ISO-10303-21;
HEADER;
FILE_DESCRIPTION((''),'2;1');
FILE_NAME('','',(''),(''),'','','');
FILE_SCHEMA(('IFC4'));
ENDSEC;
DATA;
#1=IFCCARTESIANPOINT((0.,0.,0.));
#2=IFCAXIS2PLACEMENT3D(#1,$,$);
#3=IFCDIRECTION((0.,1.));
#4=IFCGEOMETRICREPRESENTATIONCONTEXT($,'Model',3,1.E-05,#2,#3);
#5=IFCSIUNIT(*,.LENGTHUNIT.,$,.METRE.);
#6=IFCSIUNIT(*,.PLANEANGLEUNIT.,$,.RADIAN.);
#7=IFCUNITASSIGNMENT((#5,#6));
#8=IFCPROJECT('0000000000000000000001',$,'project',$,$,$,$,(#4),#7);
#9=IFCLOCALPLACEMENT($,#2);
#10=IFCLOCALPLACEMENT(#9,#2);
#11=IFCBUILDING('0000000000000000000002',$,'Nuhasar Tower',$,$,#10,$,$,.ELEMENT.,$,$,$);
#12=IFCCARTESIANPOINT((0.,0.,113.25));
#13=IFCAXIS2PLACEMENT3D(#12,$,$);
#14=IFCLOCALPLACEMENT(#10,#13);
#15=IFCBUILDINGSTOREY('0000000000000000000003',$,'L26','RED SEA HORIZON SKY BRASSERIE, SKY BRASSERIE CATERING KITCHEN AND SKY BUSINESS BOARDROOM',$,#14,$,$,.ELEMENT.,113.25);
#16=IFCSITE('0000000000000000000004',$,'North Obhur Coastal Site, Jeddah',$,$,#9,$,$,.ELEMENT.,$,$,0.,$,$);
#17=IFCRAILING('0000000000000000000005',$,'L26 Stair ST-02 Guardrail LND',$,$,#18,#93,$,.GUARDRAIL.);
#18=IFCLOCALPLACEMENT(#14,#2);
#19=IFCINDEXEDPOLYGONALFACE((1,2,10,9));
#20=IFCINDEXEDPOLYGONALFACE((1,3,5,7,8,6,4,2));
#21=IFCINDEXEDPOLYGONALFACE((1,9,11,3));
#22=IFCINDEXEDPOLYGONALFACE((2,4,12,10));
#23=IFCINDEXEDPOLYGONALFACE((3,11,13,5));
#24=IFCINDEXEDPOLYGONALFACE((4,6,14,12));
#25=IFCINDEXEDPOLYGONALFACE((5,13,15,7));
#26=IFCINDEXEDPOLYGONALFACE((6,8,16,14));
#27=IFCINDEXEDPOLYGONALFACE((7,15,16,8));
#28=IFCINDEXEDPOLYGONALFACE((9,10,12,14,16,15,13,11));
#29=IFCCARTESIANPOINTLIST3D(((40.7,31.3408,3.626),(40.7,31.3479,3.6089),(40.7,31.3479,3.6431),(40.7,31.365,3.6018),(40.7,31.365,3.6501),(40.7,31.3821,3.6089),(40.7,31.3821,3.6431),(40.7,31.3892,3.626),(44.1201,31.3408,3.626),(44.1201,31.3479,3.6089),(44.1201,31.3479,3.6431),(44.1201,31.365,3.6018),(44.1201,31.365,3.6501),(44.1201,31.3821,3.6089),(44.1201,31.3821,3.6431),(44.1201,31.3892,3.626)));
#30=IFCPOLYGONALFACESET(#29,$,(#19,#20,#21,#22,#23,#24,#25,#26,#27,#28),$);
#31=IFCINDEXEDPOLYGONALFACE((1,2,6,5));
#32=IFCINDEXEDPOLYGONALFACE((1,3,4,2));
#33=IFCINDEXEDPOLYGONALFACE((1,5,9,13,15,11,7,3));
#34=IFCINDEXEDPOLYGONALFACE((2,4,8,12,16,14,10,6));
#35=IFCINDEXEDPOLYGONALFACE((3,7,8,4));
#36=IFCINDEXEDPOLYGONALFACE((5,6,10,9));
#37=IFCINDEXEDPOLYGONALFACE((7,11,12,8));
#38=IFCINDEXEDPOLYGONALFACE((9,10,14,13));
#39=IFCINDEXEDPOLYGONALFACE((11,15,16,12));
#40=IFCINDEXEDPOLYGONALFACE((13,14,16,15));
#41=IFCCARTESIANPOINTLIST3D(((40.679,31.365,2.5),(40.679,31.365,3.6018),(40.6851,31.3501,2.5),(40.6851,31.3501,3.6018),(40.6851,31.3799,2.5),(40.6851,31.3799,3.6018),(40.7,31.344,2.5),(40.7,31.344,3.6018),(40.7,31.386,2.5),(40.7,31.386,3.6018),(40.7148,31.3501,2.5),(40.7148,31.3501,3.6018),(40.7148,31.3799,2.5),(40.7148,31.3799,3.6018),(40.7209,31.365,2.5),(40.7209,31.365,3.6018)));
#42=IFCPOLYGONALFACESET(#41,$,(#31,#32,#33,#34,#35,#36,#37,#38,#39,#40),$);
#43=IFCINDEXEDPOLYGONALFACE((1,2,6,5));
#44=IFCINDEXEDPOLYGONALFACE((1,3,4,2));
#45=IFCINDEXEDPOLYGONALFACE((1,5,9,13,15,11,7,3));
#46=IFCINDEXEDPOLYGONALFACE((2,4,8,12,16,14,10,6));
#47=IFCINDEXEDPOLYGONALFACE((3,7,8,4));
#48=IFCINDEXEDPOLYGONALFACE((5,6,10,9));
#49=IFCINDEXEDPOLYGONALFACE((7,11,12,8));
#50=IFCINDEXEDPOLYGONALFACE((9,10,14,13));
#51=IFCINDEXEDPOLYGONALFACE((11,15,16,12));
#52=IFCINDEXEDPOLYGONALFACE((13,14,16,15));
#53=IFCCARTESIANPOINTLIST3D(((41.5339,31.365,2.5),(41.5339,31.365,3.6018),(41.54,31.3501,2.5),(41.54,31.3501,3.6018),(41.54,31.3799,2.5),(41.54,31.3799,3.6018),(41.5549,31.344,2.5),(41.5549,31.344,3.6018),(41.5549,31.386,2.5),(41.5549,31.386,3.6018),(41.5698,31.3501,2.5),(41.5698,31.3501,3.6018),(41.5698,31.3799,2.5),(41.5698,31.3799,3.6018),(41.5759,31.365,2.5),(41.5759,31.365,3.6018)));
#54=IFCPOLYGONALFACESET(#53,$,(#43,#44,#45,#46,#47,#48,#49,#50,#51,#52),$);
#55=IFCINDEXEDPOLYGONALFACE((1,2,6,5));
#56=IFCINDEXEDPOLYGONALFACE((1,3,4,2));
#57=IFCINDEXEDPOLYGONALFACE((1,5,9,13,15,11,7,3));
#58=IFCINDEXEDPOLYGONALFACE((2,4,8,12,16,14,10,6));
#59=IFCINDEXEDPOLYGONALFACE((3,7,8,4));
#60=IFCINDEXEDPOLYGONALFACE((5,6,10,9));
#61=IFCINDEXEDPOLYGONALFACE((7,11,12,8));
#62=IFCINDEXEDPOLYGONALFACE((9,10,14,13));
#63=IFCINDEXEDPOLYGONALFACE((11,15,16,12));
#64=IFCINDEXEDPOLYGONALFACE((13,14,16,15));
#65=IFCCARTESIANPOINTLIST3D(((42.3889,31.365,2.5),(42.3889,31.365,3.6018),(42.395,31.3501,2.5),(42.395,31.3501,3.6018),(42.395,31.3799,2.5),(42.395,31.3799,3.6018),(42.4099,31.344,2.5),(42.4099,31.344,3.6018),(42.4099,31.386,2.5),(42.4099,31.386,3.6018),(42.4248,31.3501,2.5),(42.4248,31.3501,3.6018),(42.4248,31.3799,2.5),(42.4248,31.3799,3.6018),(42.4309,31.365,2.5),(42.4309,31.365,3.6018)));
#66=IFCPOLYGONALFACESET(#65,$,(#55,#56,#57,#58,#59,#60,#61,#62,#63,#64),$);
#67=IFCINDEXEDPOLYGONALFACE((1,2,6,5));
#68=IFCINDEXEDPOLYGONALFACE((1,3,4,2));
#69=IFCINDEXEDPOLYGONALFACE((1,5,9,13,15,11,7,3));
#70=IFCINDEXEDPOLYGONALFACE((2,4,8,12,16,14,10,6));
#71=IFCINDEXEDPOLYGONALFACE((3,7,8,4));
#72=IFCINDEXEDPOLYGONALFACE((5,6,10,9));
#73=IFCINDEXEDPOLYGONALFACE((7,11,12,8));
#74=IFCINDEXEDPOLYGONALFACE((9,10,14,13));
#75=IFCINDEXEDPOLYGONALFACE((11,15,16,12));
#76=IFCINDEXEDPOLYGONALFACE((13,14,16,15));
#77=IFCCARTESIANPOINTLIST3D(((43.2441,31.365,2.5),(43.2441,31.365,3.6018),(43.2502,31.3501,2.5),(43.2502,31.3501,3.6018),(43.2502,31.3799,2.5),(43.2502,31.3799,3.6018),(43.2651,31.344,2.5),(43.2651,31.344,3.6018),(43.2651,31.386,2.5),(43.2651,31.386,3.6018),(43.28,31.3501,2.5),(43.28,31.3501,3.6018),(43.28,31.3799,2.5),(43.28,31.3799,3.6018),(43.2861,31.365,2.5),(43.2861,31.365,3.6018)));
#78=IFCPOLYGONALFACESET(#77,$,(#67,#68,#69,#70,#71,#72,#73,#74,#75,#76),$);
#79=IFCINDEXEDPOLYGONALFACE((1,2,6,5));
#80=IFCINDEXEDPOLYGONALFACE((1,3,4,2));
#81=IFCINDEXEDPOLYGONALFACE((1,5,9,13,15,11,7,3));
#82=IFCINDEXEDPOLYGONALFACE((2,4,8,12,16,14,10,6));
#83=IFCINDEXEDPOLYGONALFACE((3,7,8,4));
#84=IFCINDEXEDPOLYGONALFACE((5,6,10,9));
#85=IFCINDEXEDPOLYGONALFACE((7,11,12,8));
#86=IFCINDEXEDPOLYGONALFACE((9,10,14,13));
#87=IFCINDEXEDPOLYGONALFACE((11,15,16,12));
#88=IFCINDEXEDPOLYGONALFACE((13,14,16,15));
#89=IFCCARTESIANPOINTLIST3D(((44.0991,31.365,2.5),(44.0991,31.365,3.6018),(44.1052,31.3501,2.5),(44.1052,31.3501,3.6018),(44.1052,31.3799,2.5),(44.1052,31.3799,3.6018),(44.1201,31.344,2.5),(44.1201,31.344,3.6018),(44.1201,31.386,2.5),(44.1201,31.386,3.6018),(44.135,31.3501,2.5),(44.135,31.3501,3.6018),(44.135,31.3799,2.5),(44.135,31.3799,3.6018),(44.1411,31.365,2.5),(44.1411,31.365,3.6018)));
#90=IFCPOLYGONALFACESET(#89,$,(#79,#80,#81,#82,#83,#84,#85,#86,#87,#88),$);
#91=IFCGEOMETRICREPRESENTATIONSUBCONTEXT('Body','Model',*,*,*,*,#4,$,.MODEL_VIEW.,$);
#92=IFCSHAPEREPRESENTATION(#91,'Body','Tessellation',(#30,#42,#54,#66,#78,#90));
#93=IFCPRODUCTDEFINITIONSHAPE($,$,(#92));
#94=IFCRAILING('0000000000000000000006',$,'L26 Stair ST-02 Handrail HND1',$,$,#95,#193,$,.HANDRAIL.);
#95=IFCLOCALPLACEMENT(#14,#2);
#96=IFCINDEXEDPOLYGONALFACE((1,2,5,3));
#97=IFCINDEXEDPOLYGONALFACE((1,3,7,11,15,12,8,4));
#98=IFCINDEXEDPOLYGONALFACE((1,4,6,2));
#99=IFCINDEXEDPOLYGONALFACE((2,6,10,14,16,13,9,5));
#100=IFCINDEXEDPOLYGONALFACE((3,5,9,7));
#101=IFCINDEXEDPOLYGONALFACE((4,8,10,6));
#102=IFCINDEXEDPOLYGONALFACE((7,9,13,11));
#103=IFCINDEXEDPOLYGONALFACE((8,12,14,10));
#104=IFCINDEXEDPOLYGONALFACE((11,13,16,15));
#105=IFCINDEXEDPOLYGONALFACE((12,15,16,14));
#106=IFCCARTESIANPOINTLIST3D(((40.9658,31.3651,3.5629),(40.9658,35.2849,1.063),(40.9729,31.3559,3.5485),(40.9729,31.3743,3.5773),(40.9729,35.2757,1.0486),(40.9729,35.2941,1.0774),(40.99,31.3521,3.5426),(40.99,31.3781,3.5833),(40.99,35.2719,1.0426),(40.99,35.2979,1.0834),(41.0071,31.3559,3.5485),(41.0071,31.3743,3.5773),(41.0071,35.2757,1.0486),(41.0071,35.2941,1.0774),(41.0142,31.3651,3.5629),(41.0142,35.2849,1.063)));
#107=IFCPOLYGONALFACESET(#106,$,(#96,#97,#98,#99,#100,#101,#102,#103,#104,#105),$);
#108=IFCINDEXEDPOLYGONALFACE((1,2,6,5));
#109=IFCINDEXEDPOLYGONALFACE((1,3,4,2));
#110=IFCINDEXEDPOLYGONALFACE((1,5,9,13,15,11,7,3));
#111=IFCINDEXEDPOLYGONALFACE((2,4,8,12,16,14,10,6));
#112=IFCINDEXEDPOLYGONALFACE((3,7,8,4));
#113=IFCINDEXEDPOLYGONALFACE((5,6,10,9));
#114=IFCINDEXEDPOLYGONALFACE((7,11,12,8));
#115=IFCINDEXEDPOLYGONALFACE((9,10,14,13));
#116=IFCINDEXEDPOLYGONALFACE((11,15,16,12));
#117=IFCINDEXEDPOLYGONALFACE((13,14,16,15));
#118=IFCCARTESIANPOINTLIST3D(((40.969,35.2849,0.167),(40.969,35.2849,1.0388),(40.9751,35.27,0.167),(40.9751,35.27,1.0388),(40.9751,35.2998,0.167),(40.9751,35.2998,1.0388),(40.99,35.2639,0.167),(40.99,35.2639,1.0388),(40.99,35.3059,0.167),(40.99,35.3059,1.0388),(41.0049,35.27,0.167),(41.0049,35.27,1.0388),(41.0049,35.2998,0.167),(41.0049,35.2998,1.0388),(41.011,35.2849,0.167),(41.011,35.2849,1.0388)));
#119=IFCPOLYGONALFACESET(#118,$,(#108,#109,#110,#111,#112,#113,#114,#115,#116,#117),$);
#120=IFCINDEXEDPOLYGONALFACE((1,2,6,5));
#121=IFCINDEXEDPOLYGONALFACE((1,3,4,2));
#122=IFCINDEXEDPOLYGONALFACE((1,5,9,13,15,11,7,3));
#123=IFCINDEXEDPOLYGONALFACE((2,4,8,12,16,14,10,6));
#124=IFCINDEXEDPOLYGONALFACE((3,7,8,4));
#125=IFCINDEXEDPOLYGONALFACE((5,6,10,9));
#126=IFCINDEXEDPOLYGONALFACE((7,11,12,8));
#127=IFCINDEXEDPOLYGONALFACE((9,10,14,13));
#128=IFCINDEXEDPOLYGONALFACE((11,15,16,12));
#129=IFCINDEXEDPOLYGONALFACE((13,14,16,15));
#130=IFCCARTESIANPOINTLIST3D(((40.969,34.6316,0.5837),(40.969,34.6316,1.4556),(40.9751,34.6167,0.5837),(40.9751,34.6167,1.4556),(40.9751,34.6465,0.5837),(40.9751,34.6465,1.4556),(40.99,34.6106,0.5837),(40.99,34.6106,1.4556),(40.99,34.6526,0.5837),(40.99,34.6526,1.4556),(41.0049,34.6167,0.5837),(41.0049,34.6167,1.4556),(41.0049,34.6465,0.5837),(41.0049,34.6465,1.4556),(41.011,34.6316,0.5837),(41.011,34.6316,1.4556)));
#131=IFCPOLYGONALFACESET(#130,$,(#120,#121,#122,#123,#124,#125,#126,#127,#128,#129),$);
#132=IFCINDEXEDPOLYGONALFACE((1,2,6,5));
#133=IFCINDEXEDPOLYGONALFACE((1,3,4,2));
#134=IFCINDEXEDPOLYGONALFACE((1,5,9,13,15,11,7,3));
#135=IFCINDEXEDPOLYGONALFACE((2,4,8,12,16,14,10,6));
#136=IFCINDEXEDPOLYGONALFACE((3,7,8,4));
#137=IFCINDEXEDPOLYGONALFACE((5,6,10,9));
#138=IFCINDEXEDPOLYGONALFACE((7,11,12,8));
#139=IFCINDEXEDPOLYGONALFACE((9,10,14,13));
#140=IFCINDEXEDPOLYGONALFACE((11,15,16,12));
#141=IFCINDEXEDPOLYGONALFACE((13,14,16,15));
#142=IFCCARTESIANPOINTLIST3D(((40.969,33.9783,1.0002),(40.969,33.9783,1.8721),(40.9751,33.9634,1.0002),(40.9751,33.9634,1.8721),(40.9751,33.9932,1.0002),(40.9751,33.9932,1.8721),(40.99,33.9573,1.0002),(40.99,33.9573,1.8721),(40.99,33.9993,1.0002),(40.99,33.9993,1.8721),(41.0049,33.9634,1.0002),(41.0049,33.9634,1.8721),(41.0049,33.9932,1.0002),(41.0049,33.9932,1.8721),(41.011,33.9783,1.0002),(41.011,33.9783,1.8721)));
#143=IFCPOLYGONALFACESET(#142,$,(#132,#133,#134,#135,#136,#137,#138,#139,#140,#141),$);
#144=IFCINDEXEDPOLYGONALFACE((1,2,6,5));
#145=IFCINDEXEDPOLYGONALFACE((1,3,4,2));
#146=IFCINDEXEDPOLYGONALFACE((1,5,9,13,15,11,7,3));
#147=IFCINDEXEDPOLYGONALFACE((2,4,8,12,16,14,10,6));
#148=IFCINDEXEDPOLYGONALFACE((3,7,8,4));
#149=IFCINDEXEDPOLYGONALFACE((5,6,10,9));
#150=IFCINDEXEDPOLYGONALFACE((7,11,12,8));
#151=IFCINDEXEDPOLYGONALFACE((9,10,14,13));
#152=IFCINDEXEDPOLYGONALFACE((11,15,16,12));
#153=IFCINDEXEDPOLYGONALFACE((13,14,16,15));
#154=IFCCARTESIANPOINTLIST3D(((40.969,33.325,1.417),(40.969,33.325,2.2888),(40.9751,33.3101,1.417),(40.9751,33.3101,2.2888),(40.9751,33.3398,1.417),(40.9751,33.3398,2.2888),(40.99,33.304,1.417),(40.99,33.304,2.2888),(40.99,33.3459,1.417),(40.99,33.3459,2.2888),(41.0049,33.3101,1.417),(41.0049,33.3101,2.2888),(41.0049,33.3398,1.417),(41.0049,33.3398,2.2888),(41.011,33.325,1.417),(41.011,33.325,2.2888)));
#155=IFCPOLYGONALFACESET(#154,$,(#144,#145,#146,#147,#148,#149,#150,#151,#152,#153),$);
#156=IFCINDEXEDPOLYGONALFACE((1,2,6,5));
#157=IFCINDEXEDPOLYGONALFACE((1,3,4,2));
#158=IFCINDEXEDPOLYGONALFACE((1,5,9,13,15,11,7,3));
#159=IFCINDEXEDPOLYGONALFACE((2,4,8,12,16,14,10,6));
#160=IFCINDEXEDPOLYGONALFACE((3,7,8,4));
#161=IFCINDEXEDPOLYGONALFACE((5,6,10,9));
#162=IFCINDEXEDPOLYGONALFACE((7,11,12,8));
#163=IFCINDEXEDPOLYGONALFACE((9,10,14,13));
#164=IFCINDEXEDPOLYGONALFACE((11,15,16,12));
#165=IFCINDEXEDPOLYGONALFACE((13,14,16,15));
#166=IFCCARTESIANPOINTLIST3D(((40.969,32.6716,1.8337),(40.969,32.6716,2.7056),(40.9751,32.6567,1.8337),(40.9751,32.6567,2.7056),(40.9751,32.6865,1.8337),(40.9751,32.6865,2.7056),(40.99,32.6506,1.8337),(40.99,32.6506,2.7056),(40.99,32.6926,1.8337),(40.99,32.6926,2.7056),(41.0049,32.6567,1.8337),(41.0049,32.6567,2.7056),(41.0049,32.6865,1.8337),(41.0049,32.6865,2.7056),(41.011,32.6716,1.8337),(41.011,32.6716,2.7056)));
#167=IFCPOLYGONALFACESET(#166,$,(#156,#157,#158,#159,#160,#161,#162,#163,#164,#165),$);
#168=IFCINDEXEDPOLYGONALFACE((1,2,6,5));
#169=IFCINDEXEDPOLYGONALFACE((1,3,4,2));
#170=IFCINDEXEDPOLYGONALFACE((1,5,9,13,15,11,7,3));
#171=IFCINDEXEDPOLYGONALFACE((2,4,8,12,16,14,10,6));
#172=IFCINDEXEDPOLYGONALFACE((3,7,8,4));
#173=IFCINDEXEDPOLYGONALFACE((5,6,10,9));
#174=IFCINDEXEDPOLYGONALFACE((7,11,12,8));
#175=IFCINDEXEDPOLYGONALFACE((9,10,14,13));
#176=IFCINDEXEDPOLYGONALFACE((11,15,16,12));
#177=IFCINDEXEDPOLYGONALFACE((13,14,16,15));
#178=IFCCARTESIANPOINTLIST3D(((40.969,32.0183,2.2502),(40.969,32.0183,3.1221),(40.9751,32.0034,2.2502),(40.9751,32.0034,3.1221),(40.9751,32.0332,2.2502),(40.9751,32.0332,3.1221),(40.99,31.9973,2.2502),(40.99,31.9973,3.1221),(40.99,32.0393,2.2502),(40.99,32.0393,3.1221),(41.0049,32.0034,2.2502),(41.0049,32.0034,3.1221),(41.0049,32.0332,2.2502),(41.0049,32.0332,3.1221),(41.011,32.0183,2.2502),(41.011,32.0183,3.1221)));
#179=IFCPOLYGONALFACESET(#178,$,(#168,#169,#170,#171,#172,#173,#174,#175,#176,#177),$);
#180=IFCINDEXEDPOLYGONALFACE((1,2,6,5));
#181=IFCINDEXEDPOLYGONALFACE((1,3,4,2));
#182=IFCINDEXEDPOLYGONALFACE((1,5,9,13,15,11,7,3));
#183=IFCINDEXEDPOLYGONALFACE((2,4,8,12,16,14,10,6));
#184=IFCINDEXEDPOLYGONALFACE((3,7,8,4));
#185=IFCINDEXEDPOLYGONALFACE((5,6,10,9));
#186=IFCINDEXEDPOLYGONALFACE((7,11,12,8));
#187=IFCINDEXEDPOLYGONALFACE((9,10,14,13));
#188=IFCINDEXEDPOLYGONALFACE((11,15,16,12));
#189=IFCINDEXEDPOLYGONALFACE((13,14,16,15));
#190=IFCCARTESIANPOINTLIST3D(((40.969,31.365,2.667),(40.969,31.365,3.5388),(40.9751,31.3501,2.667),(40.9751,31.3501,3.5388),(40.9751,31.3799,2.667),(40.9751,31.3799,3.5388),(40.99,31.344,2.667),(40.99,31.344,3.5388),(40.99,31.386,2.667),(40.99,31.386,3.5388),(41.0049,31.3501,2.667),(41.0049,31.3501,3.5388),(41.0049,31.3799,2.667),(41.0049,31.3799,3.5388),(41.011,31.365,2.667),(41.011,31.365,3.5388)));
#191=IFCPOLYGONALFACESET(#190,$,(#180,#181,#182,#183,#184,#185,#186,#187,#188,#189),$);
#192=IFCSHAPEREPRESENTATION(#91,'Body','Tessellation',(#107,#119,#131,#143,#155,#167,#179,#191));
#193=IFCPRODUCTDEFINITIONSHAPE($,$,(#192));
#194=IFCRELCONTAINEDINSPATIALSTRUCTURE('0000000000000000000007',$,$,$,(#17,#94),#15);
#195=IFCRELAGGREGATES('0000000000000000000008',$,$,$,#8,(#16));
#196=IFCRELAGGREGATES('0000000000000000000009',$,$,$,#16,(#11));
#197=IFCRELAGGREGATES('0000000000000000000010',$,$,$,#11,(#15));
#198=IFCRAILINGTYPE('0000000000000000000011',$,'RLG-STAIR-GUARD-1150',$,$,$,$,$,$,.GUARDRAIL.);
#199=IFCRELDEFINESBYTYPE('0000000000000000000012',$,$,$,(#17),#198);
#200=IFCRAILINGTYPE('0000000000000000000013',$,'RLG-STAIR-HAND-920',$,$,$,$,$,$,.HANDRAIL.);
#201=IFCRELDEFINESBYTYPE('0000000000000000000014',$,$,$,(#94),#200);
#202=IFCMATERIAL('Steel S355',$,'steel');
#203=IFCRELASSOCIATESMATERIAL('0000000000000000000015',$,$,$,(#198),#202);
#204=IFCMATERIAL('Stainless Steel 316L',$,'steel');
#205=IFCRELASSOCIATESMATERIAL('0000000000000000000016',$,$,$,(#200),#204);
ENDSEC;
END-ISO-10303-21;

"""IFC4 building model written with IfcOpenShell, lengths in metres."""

from ifc_helpers import new_model, si_unit, direction, frame, origin, place, context, subcontext, project, spatial, polyline, outline, extrude, material, type_object, element, save


model = new_model("IFC4")

# Units and contexts
model_context = context("Model", 3, precision=1e-05, world=origin(), true_north=direction((0.0, 1.0)))
body_context = subcontext(model_context, "Body", "Model", "MODEL_VIEW")
ifc_project = project(units=[si_unit("LENGTHUNIT", "METRE"), si_unit("PLANEANGLEUNIT", "RADIAN")], contexts=[model_context])

# Site, building, storey
site_placement = place(None, origin())
site = spatial("IfcSite", under=ifc_project, at=site_placement, Name="North Obhur Coastal Site, Jeddah", CompositionType="ELEMENT", RefElevation=0.0)
building_placement = place(site_placement, origin())
building = spatial("IfcBuilding", under=site, at=building_placement, Name="Nuhasar Tower", CompositionType="ELEMENT")
storey_placement = place(building_placement, frame((0.0, 0.0, 113.25)))
storey = spatial("IfcBuildingStorey", under=building, at=storey_placement, Name="L26", Description="RED SEA HORIZON SKY BRASSERIE, SKY BRASSERIE CATERING KITCHEN AND SKY BUSINESS BOARDROOM", CompositionType="ELEMENT", Elevation=113.25)

# Shared definitions
ifc_material_1 = material(Name="Steel S355", Category="steel")

# Railings
railing_type_1 = type_object("IfcRailingType", Name="RLG-STAIR-GUARD-1150", PredefinedType="GUARDRAIL", material=ifc_material_1)
railing_1_placement = place(storey_placement, frame((40.7, 31.365, 2.5)))
element("IfcRailing", 1, at=railing_1_placement, inside=storey, type_object=railing_type_1, Name="L26 Stair ST-02 Guardrail LND", PredefinedType="GUARDRAIL", context=body_context, shape_type="SweptSolid", body=[
    extrude(outline(polyline([(0.0242, 0.0), (0.0171, 0.0171), (0.0, 0.0242), (-0.0171, 0.0171), (-0.0242, 0.0), (-0.0171, -0.0171), (0.0, -0.0242), (0.0171, -0.0171), (0.0242, 0.0)])), frame((0.0, 0.0, 1.126), z_axis=(1.0, 0.0, 0.0), x_axis=(0.0, 1.0, 0.0)), (0.0, 0.0, 1.0), 3.4202),
    extrude(outline(polyline([(0.021, 0.0), (0.0149, 0.0149), (0.0, 0.021), (-0.0149, 0.0149), (-0.021, 0.0), (-0.0149, -0.0149), (0.0, -0.021), (0.0149, -0.0149), (0.021, 0.0)])), origin(), (0.0, 0.0, 1.0), 1.1018),
    extrude(outline(polyline([(0.021, 0.0), (0.0149, 0.0149), (0.0, 0.021), (-0.0149, 0.0149), (-0.021, 0.0), (-0.0149, -0.0149), (0.0, -0.021), (0.0149, -0.0149), (0.021, 0.0)])), frame((0.855, 0.0, 0.0)), (0.0, 0.0, 1.0), 1.1018),
    extrude(outline(polyline([(0.021, 0.0), (0.0149, 0.0149), (0.0, 0.021), (-0.0149, 0.0149), (-0.021, 0.0), (-0.0149, -0.0149), (0.0, -0.021), (0.0149, -0.0149), (0.021, 0.0)])), frame((1.71, 0.0, 0.0)), (0.0, 0.0, 1.0), 1.1018),
    extrude(outline(polyline([(0.021, 0.0), (0.0149, 0.0149), (0.0, 0.021), (-0.0149, 0.0149), (-0.021, 0.0), (-0.0149, -0.0149), (0.0, -0.021), (0.0149, -0.0149), (0.021, 0.0)])), frame((2.5652, 0.0, 0.0)), (0.0, 0.0, 1.0), 1.1018),
    extrude(outline(polyline([(0.021, 0.0), (0.0149, 0.0149), (0.0, 0.021), (-0.0149, 0.0149), (-0.021, 0.0), (-0.0149, -0.0149), (0.0, -0.021), (0.0149, -0.0149), (0.021, 0.0)])), frame((3.4202, 0.0, 0.0)), (0.0, 0.0, 1.0), 1.1018),
])
ifc_material_2 = material(Name="Stainless Steel 316L", Category="steel")
railing_type_2 = type_object("IfcRailingType", Name="RLG-STAIR-HAND-920", PredefinedType="HANDRAIL", material=ifc_material_2)
railing_2_placement = place(storey_placement, frame((40.99, 35.2849, 0.167)))
element("IfcRailing", 2, at=railing_2_placement, inside=storey, type_object=railing_type_2, Name="L26 Stair ST-02 Handrail HND1", PredefinedType="HANDRAIL", context=body_context, shape_type="SweptSolid", body=[
    extrude(outline(polyline([(0.0242, 0.0), (0.0171, 0.0171), (0.0, 0.0242), (-0.0171, 0.0171), (-0.0242, 0.0), (-0.0171, -0.0171), (0.0, -0.0242), (0.0171, -0.0171), (0.0242, 0.0)])), frame((0.0, 0.0, 0.896), z_axis=(0.0, -0.843125, 0.537718), x_axis=(1.0, 0.0, 0.0)), (0.0, 0.0, 1.0), 4.6492),
    extrude(outline(polyline([(0.021, 0.0), (0.0149, 0.0149), (0.0, 0.021), (-0.0149, 0.0149), (-0.021, 0.0), (-0.0149, -0.0149), (0.0, -0.021), (0.0149, -0.0149), (0.021, 0.0)])), origin(), (0.0, 0.0, 1.0), 0.8718),
    extrude(outline(polyline([(0.021, 0.0), (0.0149, 0.0149), (0.0, 0.021), (-0.0149, 0.0149), (-0.021, 0.0), (-0.0149, -0.0149), (0.0, -0.021), (0.0149, -0.0149), (0.021, 0.0)])), frame((0.0, -0.6533, 0.4167)), (0.0, 0.0, 1.0), 0.8718),
    extrude(outline(polyline([(0.021, 0.0), (0.0149, 0.0149), (0.0, 0.021), (-0.0149, 0.0149), (-0.021, 0.0), (-0.0149, -0.0149), (0.0, -0.021), (0.0149, -0.0149), (0.021, 0.0)])), frame((0.0, -1.3066, 0.8333)), (0.0, 0.0, 1.0), 0.8718),
    extrude(outline(polyline([(0.021, 0.0), (0.0149, 0.0149), (0.0, 0.021), (-0.0149, 0.0149), (-0.021, 0.0), (-0.0149, -0.0149), (0.0, -0.021), (0.0149, -0.0149), (0.021, 0.0)])), frame((0.0, -1.96, 1.25)), (0.0, 0.0, 1.0), 0.8718),
    extrude(outline(polyline([(0.021, 0.0), (0.0149, 0.0149), (0.0, 0.021), (-0.0149, 0.0149), (-0.021, 0.0), (-0.0149, -0.0149), (0.0, -0.021), (0.0149, -0.0149), (0.021, 0.0)])), frame((0.0, -2.6133, 1.6667)), (0.0, 0.0, 1.0), 0.8718),
    extrude(outline(polyline([(0.021, 0.0), (0.0149, 0.0149), (0.0, 0.021), (-0.0149, 0.0149), (-0.021, 0.0), (-0.0149, -0.0149), (0.0, -0.021), (0.0149, -0.0149), (0.021, 0.0)])), frame((0.0, -3.2666, 2.0833)), (0.0, 0.0, 1.0), 0.8718),
    extrude(outline(polyline([(0.021, 0.0), (0.0149, 0.0149), (0.0, 0.021), (-0.0149, 0.0149), (-0.021, 0.0), (-0.0149, -0.0149), (0.0, -0.021), (0.0149, -0.0149), (0.021, 0.0)])), frame((0.0, -3.9199, 2.5)), (0.0, 0.0, 1.0), 0.8718),
])

save(model, "model.ifc")
